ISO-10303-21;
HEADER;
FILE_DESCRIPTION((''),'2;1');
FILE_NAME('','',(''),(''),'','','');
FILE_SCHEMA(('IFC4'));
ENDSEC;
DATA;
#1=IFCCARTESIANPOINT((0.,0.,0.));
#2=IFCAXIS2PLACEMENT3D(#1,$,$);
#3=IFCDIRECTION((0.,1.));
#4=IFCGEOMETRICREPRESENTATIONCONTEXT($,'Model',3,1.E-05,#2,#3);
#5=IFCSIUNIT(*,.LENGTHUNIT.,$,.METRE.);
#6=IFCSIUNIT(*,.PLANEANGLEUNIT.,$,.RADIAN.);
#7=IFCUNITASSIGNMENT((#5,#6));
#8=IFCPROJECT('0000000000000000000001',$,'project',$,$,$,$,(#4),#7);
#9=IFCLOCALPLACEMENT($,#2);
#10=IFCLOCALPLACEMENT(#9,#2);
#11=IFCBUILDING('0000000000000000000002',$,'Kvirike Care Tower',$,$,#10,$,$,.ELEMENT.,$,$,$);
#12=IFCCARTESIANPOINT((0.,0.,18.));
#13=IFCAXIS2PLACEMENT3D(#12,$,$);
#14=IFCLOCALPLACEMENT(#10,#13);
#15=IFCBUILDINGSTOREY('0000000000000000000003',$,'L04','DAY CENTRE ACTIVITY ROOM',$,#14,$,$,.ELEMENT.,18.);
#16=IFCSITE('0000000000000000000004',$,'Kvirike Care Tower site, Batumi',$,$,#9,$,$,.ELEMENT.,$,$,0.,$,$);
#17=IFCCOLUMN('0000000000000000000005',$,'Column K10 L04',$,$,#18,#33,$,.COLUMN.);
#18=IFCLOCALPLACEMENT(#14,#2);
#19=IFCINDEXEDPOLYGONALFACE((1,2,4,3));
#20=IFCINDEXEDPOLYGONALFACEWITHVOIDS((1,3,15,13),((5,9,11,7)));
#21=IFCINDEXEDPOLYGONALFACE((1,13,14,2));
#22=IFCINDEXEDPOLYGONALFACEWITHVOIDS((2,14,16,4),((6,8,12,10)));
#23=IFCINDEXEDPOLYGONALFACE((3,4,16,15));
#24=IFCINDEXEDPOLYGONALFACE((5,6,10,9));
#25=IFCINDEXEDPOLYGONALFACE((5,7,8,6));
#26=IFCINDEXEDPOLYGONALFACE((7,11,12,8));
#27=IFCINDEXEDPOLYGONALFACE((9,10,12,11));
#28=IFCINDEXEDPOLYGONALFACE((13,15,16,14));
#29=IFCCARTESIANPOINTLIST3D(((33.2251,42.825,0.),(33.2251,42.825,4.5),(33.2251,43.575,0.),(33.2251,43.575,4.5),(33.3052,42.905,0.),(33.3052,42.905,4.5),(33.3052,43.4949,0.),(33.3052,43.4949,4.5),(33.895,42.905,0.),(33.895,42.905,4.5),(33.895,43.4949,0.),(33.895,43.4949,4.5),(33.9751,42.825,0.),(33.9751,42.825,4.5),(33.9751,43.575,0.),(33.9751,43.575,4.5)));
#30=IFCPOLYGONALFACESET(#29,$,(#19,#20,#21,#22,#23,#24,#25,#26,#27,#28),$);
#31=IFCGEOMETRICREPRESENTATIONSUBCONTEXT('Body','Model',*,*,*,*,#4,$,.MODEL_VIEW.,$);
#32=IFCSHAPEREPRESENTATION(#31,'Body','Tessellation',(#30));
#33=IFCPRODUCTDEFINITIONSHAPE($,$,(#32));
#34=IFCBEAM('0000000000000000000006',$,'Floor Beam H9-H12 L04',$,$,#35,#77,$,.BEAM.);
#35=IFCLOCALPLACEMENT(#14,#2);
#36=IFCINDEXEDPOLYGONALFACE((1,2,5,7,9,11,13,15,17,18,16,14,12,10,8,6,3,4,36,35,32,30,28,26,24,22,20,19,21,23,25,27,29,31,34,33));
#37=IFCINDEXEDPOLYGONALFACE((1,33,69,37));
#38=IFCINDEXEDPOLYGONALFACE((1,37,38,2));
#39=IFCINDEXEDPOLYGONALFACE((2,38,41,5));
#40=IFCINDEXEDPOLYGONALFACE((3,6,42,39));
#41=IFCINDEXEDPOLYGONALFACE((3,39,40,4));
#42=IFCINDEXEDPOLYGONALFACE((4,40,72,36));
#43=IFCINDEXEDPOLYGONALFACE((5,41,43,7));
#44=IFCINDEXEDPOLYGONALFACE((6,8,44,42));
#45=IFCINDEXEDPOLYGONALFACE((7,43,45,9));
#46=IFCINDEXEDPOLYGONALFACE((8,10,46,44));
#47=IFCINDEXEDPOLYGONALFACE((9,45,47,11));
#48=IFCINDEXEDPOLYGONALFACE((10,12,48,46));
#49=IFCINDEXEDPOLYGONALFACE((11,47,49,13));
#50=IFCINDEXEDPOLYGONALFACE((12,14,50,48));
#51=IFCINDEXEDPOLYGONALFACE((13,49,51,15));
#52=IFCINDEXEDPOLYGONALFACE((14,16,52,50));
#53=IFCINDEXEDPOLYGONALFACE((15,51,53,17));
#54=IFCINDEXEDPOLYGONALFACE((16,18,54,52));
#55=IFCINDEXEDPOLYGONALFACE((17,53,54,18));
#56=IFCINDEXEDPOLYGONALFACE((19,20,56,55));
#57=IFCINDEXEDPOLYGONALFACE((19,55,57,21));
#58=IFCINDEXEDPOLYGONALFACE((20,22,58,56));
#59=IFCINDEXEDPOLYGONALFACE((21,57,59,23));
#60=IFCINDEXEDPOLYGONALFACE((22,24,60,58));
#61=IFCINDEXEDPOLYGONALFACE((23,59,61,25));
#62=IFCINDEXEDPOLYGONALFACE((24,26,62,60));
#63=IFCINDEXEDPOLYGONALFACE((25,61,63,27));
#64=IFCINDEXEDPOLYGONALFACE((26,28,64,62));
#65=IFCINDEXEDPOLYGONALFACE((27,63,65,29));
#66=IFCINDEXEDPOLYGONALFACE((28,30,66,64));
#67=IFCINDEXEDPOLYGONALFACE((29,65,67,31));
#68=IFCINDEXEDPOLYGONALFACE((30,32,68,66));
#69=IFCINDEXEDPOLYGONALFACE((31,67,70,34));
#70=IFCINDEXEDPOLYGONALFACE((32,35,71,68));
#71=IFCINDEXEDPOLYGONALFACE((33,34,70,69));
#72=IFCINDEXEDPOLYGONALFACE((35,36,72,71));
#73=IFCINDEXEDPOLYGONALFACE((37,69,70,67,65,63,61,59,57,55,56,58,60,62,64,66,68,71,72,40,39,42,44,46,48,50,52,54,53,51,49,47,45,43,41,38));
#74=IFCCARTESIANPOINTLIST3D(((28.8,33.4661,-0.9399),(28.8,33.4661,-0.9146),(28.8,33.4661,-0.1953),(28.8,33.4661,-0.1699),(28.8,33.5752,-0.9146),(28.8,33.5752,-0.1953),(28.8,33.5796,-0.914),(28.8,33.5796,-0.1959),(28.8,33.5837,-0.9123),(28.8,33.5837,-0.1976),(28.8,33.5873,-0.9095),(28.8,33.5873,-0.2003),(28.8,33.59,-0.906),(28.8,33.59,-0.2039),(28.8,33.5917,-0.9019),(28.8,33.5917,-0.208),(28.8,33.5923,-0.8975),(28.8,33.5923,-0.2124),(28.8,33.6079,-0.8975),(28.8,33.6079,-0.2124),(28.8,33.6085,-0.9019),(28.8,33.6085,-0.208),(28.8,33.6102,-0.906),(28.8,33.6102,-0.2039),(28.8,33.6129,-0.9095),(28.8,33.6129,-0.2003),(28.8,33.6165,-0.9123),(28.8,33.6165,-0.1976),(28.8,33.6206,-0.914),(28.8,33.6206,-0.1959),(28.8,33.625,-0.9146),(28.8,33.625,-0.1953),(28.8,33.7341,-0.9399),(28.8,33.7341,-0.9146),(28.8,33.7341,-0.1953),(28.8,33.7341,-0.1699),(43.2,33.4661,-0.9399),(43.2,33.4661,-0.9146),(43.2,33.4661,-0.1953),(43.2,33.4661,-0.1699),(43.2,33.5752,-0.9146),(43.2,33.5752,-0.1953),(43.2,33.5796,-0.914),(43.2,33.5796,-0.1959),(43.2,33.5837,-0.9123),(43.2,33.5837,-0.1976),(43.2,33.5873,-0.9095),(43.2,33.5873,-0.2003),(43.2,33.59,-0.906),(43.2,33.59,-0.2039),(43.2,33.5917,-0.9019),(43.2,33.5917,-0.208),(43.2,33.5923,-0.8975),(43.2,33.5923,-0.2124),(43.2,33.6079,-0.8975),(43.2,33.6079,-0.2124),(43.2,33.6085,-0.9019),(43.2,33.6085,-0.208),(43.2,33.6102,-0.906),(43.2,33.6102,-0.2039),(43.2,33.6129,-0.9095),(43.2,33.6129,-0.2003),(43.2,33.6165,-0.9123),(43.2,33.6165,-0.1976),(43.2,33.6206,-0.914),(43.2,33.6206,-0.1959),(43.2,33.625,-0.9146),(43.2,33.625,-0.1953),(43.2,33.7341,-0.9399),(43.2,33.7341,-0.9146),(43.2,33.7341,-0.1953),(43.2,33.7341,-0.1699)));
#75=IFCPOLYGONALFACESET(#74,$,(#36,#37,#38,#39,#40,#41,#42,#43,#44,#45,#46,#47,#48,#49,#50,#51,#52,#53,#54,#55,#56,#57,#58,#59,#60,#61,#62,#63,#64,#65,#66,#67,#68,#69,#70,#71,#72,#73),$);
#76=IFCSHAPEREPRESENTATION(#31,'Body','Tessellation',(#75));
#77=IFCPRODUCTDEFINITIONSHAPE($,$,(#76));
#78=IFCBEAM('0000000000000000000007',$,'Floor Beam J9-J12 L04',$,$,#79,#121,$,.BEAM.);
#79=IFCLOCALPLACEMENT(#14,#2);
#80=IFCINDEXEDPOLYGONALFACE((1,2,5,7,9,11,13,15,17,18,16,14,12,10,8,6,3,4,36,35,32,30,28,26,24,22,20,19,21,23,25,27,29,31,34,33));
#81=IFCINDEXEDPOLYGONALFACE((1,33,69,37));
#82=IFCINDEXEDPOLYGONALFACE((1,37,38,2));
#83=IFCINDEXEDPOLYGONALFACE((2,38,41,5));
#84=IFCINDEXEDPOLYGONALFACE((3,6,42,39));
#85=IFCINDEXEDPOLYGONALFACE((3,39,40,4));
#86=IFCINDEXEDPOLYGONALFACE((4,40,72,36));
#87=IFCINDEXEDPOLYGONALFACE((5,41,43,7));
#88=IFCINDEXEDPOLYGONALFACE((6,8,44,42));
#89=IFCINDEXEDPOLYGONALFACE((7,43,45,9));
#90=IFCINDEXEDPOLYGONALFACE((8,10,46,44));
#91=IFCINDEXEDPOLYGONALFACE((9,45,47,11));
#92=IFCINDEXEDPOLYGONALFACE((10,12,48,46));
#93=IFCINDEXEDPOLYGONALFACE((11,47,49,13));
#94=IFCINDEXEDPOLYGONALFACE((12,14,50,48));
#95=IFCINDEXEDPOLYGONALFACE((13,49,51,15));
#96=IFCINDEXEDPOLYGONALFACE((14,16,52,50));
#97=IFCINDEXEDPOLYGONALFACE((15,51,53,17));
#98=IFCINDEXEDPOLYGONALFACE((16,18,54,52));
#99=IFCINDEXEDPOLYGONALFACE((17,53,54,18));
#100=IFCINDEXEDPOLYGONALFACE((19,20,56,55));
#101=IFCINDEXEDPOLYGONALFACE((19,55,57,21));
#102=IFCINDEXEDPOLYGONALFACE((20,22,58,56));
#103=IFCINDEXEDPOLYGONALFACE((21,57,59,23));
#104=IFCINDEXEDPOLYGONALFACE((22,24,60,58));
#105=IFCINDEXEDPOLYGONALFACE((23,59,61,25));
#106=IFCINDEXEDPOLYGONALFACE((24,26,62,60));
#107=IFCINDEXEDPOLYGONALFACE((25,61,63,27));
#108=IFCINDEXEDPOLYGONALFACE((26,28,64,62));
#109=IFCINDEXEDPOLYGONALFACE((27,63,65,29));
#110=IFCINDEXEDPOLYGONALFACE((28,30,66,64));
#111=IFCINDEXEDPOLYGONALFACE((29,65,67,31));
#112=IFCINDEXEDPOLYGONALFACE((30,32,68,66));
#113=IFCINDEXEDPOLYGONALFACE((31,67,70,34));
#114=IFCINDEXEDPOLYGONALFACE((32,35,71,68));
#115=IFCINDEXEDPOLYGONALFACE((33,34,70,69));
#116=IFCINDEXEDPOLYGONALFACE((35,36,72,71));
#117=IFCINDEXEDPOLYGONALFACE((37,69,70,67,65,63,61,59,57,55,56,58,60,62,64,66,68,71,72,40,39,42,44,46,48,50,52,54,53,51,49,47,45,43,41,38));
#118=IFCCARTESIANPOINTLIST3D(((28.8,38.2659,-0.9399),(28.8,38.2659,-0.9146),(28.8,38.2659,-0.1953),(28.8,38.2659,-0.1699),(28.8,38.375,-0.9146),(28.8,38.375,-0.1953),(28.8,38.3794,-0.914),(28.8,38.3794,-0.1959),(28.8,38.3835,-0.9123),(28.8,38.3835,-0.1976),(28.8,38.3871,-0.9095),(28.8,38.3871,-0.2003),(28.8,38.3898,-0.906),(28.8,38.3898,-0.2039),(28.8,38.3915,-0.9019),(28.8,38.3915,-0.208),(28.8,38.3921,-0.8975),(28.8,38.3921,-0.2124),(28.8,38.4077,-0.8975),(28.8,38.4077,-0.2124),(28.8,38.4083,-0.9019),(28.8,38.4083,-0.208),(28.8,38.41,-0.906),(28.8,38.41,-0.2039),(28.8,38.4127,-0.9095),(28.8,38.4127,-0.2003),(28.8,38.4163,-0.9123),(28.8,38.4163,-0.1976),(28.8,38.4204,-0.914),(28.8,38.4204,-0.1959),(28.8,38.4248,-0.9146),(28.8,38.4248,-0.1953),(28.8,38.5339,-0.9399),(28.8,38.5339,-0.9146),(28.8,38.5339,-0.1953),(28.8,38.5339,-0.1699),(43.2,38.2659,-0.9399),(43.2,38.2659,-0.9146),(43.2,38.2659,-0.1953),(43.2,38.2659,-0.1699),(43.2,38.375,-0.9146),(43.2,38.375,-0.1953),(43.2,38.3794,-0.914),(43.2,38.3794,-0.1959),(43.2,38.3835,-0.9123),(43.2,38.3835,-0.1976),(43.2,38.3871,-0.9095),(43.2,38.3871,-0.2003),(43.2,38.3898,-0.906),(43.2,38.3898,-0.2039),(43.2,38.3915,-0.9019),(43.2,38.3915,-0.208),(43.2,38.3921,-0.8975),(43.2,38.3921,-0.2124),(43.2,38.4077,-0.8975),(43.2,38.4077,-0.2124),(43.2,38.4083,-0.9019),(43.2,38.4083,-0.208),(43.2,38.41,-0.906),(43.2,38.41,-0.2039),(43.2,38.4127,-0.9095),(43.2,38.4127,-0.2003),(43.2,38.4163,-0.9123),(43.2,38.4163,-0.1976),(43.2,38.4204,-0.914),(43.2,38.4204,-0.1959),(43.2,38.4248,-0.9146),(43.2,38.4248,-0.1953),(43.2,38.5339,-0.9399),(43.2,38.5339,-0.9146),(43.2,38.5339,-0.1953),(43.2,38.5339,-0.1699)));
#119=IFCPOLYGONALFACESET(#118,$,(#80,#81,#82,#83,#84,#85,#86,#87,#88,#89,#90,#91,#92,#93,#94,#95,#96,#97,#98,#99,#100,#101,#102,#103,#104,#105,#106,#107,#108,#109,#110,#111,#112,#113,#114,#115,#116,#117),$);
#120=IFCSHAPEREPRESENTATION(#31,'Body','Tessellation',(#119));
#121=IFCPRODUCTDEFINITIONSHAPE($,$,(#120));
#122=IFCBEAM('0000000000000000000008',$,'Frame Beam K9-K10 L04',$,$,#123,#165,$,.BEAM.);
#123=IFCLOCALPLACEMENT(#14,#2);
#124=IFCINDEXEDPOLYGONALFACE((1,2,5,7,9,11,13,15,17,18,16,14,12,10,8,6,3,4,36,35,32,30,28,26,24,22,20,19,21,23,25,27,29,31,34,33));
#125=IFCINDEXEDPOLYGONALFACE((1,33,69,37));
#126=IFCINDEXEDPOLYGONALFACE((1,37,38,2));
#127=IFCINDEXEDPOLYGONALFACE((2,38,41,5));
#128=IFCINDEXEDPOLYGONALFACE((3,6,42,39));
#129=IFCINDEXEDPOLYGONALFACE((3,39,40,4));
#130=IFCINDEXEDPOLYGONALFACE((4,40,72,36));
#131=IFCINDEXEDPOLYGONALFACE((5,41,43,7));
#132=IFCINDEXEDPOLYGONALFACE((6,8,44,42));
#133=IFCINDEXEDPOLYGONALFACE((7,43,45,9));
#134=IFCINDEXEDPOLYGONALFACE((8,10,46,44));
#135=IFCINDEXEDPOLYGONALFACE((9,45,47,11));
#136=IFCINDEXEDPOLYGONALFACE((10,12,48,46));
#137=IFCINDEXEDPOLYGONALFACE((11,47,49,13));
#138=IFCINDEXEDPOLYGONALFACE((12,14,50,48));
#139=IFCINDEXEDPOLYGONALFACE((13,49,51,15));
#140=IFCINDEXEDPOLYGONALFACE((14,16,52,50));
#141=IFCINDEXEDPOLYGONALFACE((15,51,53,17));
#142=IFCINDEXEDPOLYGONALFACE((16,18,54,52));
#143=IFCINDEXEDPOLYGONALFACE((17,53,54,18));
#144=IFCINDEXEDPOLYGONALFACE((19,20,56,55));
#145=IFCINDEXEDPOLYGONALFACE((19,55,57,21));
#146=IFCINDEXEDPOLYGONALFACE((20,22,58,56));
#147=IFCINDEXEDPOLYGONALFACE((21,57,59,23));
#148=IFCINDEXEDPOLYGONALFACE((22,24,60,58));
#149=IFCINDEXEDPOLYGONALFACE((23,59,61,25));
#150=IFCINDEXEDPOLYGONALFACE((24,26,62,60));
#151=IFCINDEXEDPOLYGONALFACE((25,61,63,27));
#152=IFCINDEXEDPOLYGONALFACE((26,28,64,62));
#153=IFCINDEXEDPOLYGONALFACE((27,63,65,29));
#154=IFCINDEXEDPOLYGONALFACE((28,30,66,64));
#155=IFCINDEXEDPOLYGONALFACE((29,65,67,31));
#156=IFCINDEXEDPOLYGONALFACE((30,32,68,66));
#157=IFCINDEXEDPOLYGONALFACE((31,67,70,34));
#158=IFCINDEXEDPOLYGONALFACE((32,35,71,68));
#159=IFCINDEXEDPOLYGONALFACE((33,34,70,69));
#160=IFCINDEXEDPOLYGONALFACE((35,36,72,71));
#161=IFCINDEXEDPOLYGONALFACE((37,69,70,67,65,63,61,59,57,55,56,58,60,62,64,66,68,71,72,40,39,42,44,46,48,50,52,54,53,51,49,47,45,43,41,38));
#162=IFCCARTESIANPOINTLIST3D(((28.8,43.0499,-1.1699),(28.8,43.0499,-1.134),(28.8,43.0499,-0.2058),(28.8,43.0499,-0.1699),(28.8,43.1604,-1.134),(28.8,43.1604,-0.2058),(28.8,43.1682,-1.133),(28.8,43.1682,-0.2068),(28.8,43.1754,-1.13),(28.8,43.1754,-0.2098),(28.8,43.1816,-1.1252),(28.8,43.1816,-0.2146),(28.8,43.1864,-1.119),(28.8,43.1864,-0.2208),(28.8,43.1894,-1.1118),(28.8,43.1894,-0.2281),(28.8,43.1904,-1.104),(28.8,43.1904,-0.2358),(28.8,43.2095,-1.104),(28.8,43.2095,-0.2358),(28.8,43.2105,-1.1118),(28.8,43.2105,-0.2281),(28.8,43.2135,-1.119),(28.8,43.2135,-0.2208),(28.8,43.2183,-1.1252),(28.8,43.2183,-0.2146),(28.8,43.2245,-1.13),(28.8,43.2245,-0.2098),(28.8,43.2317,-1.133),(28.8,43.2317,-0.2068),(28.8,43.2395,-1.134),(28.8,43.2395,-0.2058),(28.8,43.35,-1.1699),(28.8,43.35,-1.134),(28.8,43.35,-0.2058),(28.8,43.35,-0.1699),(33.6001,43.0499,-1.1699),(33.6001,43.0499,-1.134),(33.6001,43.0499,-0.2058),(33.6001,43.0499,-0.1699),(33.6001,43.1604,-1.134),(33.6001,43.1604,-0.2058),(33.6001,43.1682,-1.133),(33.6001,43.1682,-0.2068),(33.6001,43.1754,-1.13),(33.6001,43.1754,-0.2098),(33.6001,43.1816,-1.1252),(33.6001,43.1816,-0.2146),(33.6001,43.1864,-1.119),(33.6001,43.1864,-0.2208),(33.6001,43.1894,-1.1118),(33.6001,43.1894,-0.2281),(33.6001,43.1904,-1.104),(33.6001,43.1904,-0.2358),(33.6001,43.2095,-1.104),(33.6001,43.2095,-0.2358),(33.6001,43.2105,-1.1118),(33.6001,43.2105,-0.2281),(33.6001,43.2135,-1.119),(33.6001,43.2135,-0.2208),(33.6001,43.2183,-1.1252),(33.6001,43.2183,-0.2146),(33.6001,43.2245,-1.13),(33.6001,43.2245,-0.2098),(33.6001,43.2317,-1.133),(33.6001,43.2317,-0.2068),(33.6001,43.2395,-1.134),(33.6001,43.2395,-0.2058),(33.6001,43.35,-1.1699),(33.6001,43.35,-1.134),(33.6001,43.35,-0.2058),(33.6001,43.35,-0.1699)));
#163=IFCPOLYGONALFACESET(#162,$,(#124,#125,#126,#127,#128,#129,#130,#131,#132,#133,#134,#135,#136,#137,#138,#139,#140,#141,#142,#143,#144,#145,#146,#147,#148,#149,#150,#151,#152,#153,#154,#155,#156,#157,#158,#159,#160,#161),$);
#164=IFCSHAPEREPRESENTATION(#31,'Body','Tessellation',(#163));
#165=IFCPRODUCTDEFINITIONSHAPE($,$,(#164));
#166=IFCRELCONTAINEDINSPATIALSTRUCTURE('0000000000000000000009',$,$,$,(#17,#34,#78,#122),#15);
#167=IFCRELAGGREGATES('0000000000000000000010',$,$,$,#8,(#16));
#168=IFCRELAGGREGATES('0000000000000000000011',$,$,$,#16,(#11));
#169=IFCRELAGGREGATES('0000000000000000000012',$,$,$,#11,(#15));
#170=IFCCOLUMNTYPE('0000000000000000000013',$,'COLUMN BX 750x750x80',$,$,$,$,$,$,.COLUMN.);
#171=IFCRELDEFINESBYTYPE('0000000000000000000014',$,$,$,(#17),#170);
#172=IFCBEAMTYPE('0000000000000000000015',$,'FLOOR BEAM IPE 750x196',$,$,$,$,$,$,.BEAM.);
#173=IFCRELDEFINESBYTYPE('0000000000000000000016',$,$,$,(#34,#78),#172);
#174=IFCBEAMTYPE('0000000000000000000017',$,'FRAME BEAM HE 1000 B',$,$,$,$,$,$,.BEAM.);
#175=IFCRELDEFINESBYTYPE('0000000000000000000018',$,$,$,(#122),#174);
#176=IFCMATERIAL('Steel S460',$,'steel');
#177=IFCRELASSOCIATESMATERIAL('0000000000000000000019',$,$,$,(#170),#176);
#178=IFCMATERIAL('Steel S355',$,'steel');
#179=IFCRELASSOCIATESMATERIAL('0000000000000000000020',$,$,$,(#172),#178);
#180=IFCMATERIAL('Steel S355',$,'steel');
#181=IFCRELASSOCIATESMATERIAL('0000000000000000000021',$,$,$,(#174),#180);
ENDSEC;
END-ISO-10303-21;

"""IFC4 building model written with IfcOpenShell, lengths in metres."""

from ifc_helpers import new_model, si_unit, direction, frame, origin, origin_2d, place, context, subcontext, project, spatial, hollow_rectangle, i_section, extrude, material, material_profile, profile_set, type_object, element, save


model = new_model("IFC4")

# Units and contexts
model_context = context("Model", 3, precision=1e-05, world=origin(), true_north=direction((0.0, 1.0)))
body_context = subcontext(model_context, "Body", "Model", "MODEL_VIEW")
ifc_project = project(units=[si_unit("LENGTHUNIT", "METRE"), si_unit("PLANEANGLEUNIT", "RADIAN")], contexts=[model_context])

# Site, building, storey
site_placement = place(None, origin())
site = spatial("IfcSite", under=ifc_project, at=site_placement, Name="Kvirike Care Tower site, Batumi", CompositionType="ELEMENT", RefElevation=0.0)
building_placement = place(site_placement, origin())
building = spatial("IfcBuilding", under=site, at=building_placement, Name="Kvirike Care Tower", CompositionType="ELEMENT")
storey_placement = place(building_placement, frame((0.0, 0.0, 18.0)))
storey = spatial("IfcBuildingStorey", under=building, at=storey_placement, Name="L04", Description="DAY CENTRE ACTIVITY ROOM", CompositionType="ELEMENT", Elevation=18.0)

# Column
ifc_material_1 = material(Name="Steel S460", Category="steel")
ifc_material_profile_1 = material_profile(ifc_material_1, hollow_rectangle(XDim=0.75, YDim=0.75, WallThickness=0.0801, at=origin_2d()), Name="BX 750x750x80")
ifc_profile_set_1 = profile_set([ifc_material_profile_1], Name="Steel S460")
column_type = type_object("IfcColumnType", Name="COLUMN BX 750x750x80", PredefinedType="COLUMN", material=ifc_profile_set_1)
column_placement = place(storey_placement, frame((33.6001, 43.2, 0.0), z_axis=(0.0, 0.0, 1.0), x_axis=(0.0, 1.0, 0.0)))
element("IfcColumn", 1, at=column_placement, inside=storey, type_object=column_type, Name="Column K10 L04", PredefinedType="COLUMN", context=body_context, shape_type="SweptSolid", body=[
    extrude(hollow_rectangle(XDim=0.75, YDim=0.75, WallThickness=0.0801, at=origin_2d()), origin(), (0.0, 0.0, 1.0), 4.5),
])

# Beams
ifc_material_2 = material(Name="Steel S355", Category="steel")
ifc_material_profile_2 = material_profile(ifc_material_2, i_section(OverallWidth=0.2681, OverallDepth=0.77, WebThickness=0.0156, FlangeThickness=0.0254, FilletRadius=0.0171, at=origin_2d()), Name="IPE 750x196")
ifc_profile_set_2 = profile_set([ifc_material_profile_2], Name="Steel S355")
beam_type_1 = type_object("IfcBeamType", Name="FLOOR BEAM IPE 750x196", PredefinedType="BEAM", material=ifc_profile_set_2)
for number, where, z_axis, x_axis, name in (
    (2, (28.8, 33.6001, -0.5549), (1.0, 0.0, 0.0), (0.0, 1.0, 0.0), "Floor Beam H9-H12 L04"),
    (3, (28.8, 38.3999, -0.5549), (1.0, 0.0, 0.0), (0.0, 1.0, 0.0), "Floor Beam J9-J12 L04"),
):
    element("IfcBeam", number, at=place(storey_placement, frame(where, z_axis=z_axis, x_axis=x_axis)), inside=storey, type_object=beam_type_1, Name=name, PredefinedType="BEAM", context=body_context, shape_type="SweptSolid", body=[
        extrude(i_section(OverallWidth=0.2681, OverallDepth=0.77, WebThickness=0.0156, FlangeThickness=0.0254, FilletRadius=0.0171, at=origin_2d()), origin(), (0.0, 0.0, 1.0), 14.3999),
    ])
ifc_material_3 = material(Name="Steel S355", Category="steel")
ifc_material_profile_3 = material_profile(ifc_material_3, i_section(OverallWidth=0.3, OverallDepth=1.0, WebThickness=0.019, FlangeThickness=0.0359, FilletRadius=0.03, at=origin_2d()), Name="HE 1000 B")
ifc_profile_set_3 = profile_set([ifc_material_profile_3], Name="Steel S355")
beam_type_2 = type_object("IfcBeamType", Name="FRAME BEAM HE 1000 B", PredefinedType="BEAM", material=ifc_profile_set_3)
beam_1_placement = place(storey_placement, frame((28.8, 43.2, -0.6699), z_axis=(1.0, 0.0, 0.0), x_axis=(0.0, 1.0, 0.0)))
element("IfcBeam", 4, at=beam_1_placement, inside=storey, type_object=beam_type_2, Name="Frame Beam K9-K10 L04", PredefinedType="BEAM", context=body_context, shape_type="SweptSolid", body=[
    extrude(i_section(OverallWidth=0.3, OverallDepth=1.0, WebThickness=0.019, FlangeThickness=0.0359, FilletRadius=0.03, at=origin_2d()), origin(), (0.0, 0.0, 1.0), 4.8),
])

save(model, "model.ifc")
